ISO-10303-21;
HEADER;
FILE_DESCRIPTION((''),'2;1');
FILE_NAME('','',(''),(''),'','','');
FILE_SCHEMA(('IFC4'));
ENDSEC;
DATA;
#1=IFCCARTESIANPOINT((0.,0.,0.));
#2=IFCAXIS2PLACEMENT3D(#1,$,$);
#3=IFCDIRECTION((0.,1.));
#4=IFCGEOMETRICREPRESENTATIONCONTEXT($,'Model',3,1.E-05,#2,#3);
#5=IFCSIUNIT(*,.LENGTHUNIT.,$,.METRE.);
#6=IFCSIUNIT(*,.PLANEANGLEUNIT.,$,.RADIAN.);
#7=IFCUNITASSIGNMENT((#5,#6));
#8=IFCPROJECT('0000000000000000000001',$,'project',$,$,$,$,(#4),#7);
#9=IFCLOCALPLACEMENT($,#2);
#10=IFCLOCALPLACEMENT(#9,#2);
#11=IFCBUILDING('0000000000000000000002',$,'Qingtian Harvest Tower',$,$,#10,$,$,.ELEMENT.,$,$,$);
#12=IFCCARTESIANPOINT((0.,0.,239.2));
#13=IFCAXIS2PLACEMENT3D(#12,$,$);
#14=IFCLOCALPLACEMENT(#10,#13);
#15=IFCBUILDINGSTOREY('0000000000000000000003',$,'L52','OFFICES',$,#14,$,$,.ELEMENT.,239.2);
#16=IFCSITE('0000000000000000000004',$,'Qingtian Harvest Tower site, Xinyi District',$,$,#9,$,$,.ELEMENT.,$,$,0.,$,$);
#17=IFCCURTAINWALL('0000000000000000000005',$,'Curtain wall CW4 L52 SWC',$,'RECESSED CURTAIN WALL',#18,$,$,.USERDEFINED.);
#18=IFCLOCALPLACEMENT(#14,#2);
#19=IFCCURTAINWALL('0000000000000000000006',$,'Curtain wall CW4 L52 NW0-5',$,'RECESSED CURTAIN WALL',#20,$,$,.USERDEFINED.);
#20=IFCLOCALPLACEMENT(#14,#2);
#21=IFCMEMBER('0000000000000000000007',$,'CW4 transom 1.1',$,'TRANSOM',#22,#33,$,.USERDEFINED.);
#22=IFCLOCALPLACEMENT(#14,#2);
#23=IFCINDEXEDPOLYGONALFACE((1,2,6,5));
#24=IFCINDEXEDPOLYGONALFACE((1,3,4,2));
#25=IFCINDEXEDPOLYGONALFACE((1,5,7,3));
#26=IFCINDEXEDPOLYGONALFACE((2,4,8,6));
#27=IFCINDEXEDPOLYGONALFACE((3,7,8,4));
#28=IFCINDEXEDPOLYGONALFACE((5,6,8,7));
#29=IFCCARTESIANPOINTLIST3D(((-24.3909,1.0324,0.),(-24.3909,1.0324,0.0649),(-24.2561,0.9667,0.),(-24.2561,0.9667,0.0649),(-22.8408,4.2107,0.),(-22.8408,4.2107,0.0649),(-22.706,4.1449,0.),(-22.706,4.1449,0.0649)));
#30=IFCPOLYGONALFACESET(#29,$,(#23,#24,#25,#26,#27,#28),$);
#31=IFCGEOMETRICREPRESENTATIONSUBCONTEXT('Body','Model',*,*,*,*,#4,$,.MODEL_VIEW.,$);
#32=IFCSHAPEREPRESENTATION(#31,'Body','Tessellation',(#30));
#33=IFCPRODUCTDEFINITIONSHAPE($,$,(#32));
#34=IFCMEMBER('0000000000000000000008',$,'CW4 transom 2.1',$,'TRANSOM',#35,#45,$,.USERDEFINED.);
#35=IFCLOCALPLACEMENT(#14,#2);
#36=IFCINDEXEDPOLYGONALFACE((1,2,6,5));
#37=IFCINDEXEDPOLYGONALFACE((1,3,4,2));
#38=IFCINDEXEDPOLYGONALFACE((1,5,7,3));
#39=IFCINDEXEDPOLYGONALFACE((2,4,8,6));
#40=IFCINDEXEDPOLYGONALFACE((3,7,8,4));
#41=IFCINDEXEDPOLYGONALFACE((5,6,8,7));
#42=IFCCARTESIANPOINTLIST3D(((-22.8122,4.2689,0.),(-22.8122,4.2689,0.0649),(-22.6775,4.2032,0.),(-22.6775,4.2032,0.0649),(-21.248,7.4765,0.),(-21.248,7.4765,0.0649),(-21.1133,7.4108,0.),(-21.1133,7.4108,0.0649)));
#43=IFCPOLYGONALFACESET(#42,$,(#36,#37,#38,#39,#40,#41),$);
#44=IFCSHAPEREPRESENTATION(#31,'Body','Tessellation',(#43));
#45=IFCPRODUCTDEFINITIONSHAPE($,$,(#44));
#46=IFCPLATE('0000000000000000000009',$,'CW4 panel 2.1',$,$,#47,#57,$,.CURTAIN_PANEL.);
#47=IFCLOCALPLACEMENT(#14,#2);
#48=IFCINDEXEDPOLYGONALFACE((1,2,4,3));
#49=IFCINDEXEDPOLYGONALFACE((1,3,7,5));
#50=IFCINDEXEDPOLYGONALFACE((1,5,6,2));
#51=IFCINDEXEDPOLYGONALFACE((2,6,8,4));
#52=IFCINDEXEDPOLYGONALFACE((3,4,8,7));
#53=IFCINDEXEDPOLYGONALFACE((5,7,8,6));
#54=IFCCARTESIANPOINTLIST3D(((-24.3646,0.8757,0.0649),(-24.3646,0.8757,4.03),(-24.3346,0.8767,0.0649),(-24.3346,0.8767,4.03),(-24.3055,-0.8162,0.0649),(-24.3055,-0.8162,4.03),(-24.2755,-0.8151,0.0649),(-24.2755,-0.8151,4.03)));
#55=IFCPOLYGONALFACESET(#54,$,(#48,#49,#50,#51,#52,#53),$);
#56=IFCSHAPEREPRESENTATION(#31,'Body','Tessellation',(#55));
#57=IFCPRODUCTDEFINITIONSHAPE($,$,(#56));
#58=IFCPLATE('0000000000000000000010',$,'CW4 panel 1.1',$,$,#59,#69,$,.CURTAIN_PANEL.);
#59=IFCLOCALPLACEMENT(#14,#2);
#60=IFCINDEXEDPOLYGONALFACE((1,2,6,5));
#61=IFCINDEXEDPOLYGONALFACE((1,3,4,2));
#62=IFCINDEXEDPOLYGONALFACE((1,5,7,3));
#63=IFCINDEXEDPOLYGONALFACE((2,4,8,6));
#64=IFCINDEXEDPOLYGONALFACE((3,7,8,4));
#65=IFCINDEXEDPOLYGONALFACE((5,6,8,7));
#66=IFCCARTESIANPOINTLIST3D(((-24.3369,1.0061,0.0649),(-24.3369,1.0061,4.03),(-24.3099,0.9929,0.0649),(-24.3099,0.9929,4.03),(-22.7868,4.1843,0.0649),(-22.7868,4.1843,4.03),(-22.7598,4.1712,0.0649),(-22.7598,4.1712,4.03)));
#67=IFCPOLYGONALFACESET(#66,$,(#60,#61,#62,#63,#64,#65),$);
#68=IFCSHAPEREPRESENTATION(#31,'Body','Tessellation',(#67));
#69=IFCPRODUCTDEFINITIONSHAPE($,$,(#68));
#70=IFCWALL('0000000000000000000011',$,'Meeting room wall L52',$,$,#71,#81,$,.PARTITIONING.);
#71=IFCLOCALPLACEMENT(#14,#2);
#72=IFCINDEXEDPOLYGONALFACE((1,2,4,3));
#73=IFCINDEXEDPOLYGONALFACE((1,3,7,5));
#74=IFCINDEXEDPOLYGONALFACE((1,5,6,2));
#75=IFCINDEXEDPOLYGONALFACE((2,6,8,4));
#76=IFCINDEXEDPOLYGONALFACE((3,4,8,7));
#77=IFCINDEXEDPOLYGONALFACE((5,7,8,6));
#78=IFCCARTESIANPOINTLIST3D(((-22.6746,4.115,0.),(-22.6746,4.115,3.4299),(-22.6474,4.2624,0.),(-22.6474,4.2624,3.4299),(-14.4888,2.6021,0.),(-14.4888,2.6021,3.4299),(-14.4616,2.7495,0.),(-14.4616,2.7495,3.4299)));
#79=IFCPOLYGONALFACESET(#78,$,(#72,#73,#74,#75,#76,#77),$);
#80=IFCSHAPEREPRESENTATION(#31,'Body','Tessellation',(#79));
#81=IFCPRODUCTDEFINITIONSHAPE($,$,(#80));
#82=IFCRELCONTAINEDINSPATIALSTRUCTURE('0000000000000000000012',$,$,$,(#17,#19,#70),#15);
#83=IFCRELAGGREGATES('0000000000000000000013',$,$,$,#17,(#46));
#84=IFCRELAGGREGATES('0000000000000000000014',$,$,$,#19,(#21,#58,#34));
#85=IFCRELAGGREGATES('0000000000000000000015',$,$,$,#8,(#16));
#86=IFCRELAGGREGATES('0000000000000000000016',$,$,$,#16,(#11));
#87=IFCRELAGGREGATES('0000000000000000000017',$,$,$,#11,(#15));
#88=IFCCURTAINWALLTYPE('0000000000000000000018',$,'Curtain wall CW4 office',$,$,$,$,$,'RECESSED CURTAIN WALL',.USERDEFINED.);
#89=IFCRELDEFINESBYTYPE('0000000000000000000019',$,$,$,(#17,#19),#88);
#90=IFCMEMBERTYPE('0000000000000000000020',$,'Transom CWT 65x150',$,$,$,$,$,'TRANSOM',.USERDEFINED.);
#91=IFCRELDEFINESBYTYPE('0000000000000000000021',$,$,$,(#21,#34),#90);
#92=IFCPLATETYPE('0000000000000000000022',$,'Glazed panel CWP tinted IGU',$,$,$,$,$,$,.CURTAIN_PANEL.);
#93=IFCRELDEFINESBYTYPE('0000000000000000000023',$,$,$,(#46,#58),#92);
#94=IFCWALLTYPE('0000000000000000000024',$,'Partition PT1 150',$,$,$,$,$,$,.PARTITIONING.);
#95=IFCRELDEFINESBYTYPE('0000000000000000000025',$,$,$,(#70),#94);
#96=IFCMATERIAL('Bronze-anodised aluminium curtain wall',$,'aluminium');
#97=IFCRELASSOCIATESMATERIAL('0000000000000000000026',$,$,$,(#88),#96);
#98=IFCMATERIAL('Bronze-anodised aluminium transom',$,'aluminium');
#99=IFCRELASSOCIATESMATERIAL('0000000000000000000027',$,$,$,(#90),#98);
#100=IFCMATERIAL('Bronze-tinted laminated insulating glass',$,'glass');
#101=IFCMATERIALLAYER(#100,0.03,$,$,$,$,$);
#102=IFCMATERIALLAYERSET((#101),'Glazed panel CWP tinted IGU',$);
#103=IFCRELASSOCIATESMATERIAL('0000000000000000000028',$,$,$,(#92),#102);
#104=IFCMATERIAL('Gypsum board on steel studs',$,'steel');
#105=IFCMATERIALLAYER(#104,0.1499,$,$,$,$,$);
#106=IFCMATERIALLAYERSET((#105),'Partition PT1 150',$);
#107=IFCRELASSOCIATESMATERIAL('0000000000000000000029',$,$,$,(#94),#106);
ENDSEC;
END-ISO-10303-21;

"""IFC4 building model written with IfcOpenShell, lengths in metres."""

from ifc_helpers import new_model, si_unit, direction, frame, frame_2d, origin, origin_2d, place, context, subcontext, project, spatial, rectangle, extrude, material, layer, layer_set, material_profile, profile_set, type_object, element, aggregate, save


model = new_model("IFC4")

# Units and contexts
model_context = context("Model", 3, precision=1e-05, world=origin(), true_north=direction((0.0, 1.0)))
body_context = subcontext(model_context, "Body", "Model", "MODEL_VIEW")
ifc_project = project(units=[si_unit("LENGTHUNIT", "METRE"), si_unit("PLANEANGLEUNIT", "RADIAN")], contexts=[model_context])

# Site, building, storey
site_placement = place(None, origin())
site = spatial("IfcSite", under=ifc_project, at=site_placement, Name="Qingtian Harvest Tower site, Xinyi District", CompositionType="ELEMENT", RefElevation=0.0)
building_placement = place(site_placement, origin())
building = spatial("IfcBuilding", under=site, at=building_placement, Name="Qingtian Harvest Tower", CompositionType="ELEMENT")
storey_placement = place(building_placement, frame((0.0, 0.0, 239.2)))
storey = spatial("IfcBuildingStorey", under=building, at=storey_placement, Name="L52", Description="OFFICES", CompositionType="ELEMENT", Elevation=239.2)

# Curtain wall
ifc_material_1 = material(Name="Bronze-anodised aluminium curtain wall", Category="aluminium")
curtain_wall_type = type_object("IfcCurtainWallType", Name="Curtain wall CW4 office", ElementType="RECESSED CURTAIN WALL", PredefinedType="USERDEFINED", material=ifc_material_1)
curtain_wall_1_placement = place(storey_placement, origin())
curtain_wall_1 = element("IfcCurtainWall", 1, at=curtain_wall_1_placement, inside=storey, type_object=curtain_wall_type, Name="Curtain wall CW4 L52 SWC", ObjectType="RECESSED CURTAIN WALL", PredefinedType="USERDEFINED")

# Curtain wall
curtain_wall_2_placement = place(storey_placement, origin())
curtain_wall_2 = element("IfcCurtainWall", 2, at=curtain_wall_2_placement, inside=storey, type_object=curtain_wall_type, Name="Curtain wall CW4 L52 NW0-5", ObjectType="RECESSED CURTAIN WALL", PredefinedType="USERDEFINED")

# Members
ifc_material_2 = material(Name="Bronze-anodised aluminium transom", Category="aluminium")
ifc_material_profile_1 = material_profile(ifc_material_2, rectangle(XDim=0.1499, YDim=0.0649, at=origin_2d()), Name="AL 65x150")
ifc_profile_set_1 = profile_set([ifc_material_profile_1], Name="Bronze-anodised aluminium transom")
member_type_1 = type_object("IfcMemberType", Name="Transom CWT 65x150", ElementType="TRANSOM", PredefinedType="USERDEFINED", material=ifc_profile_set_1)
member_1_placement = place(storey_placement, frame((-24.3235, 0.9995, 0.0325), z_axis=(0.438354, 0.898802, 0.0), x_axis=(-0.898802, 0.438354, 0.0)))
member_1 = element("IfcMember", 3, at=member_1_placement, type_object=member_type_1, Name="CW4 transom 1.1", ObjectType="TRANSOM", PredefinedType="USERDEFINED", context=body_context, shape_type="SweptSolid", body=[
    extrude(rectangle(XDim=0.1499, YDim=0.0649, at=origin_2d()), origin(), (0.0, 0.0, 1.0), 3.5361),
])
member_2_placement = place(storey_placement, frame((-22.7449, 4.2361, 0.0325), z_axis=(0.438325, 0.898816, 0.0), x_axis=(-0.898816, 0.438325, 0.0)))
member_2 = element("IfcMember", 4, at=member_2_placement, type_object=member_type_1, Name="CW4 transom 2.1", ObjectType="TRANSOM", PredefinedType="USERDEFINED", context=body_context, shape_type="SweptSolid", body=[
    extrude(rectangle(XDim=0.1499, YDim=0.0649, at=origin_2d()), origin(), (0.0, 0.0, 1.0), 3.5686),
])

# Plates
ifc_material_3 = material(Name="Bronze-tinted laminated insulating glass", Category="glass")
ifc_layer_1 = layer(ifc_material_3, 0.03)
ifc_layer_set_1 = layer_set([ifc_layer_1], Name="Glazed panel CWP tinted IGU")
plate_type = type_object("IfcPlateType", Name="Glazed panel CWP tinted IGU", PredefinedType="CURTAIN_PANEL", material=ifc_layer_set_1)
plate_1_placement = place(storey_placement, frame((-24.3201, 0.0303, 0.0649), z_axis=(0.0, 0.0, 1.0), x_axis=(-0.034899, 0.999391, 0.0)))
plate_1 = element("IfcPlate", 5, at=plate_1_placement, type_object=plate_type, Name="CW4 panel 2.1", PredefinedType="CURTAIN_PANEL", context=body_context, shape_type="SweptSolid", body=[
    extrude(rectangle(XDim=1.6929, YDim=0.03, at=origin_2d()), origin(), (0.0, 0.0, 1.0), 3.9651),
])
aggregate(curtain_wall_1, [plate_1])
plate_2_placement = place(storey_placement, frame((-23.5483, 2.5886, 0.0649), z_axis=(0.0, 0.0, 1.0), x_axis=(0.438371, 0.898794, 0.0)))
plate_2 = element("IfcPlate", 6, at=plate_2_placement, type_object=plate_type, Name="CW4 panel 1.1", PredefinedType="CURTAIN_PANEL", context=body_context, shape_type="SweptSolid", body=[
    extrude(rectangle(XDim=3.5361, YDim=0.03, at=origin_2d()), origin(), (0.0, 0.0, 1.0), 3.9651),
])
aggregate(curtain_wall_2, [member_1, plate_2, member_2])

# Wall
ifc_material_4 = material(Name="Gypsum board on steel studs", Category="steel")
ifc_layer_2 = layer(ifc_material_4, 0.1499)
ifc_layer_set_2 = layer_set([ifc_layer_2], Name="Partition PT1 150")
wall_type = type_object("IfcWallType", Name="Partition PT1 150", PredefinedType="PARTITIONING", material=ifc_layer_set_2)
wall_placement = place(storey_placement, frame((-22.6609, 4.1887, 0.0), z_axis=(0.0, 0.0, 1.0), x_axis=(0.983345, -0.181747, 0.0)))
element("IfcWall", 7, at=wall_placement, inside=storey, type_object=wall_type, Name="Meeting room wall L52", PredefinedType="PARTITIONING", context=body_context, shape_type="SweptSolid", body=[
    extrude(rectangle(XDim=8.3245, YDim=0.1499, at=frame_2d((4.1621, 0.0))), origin(), (0.0, 0.0, 1.0), 3.4299),
])

save(model, "model.ifc")
